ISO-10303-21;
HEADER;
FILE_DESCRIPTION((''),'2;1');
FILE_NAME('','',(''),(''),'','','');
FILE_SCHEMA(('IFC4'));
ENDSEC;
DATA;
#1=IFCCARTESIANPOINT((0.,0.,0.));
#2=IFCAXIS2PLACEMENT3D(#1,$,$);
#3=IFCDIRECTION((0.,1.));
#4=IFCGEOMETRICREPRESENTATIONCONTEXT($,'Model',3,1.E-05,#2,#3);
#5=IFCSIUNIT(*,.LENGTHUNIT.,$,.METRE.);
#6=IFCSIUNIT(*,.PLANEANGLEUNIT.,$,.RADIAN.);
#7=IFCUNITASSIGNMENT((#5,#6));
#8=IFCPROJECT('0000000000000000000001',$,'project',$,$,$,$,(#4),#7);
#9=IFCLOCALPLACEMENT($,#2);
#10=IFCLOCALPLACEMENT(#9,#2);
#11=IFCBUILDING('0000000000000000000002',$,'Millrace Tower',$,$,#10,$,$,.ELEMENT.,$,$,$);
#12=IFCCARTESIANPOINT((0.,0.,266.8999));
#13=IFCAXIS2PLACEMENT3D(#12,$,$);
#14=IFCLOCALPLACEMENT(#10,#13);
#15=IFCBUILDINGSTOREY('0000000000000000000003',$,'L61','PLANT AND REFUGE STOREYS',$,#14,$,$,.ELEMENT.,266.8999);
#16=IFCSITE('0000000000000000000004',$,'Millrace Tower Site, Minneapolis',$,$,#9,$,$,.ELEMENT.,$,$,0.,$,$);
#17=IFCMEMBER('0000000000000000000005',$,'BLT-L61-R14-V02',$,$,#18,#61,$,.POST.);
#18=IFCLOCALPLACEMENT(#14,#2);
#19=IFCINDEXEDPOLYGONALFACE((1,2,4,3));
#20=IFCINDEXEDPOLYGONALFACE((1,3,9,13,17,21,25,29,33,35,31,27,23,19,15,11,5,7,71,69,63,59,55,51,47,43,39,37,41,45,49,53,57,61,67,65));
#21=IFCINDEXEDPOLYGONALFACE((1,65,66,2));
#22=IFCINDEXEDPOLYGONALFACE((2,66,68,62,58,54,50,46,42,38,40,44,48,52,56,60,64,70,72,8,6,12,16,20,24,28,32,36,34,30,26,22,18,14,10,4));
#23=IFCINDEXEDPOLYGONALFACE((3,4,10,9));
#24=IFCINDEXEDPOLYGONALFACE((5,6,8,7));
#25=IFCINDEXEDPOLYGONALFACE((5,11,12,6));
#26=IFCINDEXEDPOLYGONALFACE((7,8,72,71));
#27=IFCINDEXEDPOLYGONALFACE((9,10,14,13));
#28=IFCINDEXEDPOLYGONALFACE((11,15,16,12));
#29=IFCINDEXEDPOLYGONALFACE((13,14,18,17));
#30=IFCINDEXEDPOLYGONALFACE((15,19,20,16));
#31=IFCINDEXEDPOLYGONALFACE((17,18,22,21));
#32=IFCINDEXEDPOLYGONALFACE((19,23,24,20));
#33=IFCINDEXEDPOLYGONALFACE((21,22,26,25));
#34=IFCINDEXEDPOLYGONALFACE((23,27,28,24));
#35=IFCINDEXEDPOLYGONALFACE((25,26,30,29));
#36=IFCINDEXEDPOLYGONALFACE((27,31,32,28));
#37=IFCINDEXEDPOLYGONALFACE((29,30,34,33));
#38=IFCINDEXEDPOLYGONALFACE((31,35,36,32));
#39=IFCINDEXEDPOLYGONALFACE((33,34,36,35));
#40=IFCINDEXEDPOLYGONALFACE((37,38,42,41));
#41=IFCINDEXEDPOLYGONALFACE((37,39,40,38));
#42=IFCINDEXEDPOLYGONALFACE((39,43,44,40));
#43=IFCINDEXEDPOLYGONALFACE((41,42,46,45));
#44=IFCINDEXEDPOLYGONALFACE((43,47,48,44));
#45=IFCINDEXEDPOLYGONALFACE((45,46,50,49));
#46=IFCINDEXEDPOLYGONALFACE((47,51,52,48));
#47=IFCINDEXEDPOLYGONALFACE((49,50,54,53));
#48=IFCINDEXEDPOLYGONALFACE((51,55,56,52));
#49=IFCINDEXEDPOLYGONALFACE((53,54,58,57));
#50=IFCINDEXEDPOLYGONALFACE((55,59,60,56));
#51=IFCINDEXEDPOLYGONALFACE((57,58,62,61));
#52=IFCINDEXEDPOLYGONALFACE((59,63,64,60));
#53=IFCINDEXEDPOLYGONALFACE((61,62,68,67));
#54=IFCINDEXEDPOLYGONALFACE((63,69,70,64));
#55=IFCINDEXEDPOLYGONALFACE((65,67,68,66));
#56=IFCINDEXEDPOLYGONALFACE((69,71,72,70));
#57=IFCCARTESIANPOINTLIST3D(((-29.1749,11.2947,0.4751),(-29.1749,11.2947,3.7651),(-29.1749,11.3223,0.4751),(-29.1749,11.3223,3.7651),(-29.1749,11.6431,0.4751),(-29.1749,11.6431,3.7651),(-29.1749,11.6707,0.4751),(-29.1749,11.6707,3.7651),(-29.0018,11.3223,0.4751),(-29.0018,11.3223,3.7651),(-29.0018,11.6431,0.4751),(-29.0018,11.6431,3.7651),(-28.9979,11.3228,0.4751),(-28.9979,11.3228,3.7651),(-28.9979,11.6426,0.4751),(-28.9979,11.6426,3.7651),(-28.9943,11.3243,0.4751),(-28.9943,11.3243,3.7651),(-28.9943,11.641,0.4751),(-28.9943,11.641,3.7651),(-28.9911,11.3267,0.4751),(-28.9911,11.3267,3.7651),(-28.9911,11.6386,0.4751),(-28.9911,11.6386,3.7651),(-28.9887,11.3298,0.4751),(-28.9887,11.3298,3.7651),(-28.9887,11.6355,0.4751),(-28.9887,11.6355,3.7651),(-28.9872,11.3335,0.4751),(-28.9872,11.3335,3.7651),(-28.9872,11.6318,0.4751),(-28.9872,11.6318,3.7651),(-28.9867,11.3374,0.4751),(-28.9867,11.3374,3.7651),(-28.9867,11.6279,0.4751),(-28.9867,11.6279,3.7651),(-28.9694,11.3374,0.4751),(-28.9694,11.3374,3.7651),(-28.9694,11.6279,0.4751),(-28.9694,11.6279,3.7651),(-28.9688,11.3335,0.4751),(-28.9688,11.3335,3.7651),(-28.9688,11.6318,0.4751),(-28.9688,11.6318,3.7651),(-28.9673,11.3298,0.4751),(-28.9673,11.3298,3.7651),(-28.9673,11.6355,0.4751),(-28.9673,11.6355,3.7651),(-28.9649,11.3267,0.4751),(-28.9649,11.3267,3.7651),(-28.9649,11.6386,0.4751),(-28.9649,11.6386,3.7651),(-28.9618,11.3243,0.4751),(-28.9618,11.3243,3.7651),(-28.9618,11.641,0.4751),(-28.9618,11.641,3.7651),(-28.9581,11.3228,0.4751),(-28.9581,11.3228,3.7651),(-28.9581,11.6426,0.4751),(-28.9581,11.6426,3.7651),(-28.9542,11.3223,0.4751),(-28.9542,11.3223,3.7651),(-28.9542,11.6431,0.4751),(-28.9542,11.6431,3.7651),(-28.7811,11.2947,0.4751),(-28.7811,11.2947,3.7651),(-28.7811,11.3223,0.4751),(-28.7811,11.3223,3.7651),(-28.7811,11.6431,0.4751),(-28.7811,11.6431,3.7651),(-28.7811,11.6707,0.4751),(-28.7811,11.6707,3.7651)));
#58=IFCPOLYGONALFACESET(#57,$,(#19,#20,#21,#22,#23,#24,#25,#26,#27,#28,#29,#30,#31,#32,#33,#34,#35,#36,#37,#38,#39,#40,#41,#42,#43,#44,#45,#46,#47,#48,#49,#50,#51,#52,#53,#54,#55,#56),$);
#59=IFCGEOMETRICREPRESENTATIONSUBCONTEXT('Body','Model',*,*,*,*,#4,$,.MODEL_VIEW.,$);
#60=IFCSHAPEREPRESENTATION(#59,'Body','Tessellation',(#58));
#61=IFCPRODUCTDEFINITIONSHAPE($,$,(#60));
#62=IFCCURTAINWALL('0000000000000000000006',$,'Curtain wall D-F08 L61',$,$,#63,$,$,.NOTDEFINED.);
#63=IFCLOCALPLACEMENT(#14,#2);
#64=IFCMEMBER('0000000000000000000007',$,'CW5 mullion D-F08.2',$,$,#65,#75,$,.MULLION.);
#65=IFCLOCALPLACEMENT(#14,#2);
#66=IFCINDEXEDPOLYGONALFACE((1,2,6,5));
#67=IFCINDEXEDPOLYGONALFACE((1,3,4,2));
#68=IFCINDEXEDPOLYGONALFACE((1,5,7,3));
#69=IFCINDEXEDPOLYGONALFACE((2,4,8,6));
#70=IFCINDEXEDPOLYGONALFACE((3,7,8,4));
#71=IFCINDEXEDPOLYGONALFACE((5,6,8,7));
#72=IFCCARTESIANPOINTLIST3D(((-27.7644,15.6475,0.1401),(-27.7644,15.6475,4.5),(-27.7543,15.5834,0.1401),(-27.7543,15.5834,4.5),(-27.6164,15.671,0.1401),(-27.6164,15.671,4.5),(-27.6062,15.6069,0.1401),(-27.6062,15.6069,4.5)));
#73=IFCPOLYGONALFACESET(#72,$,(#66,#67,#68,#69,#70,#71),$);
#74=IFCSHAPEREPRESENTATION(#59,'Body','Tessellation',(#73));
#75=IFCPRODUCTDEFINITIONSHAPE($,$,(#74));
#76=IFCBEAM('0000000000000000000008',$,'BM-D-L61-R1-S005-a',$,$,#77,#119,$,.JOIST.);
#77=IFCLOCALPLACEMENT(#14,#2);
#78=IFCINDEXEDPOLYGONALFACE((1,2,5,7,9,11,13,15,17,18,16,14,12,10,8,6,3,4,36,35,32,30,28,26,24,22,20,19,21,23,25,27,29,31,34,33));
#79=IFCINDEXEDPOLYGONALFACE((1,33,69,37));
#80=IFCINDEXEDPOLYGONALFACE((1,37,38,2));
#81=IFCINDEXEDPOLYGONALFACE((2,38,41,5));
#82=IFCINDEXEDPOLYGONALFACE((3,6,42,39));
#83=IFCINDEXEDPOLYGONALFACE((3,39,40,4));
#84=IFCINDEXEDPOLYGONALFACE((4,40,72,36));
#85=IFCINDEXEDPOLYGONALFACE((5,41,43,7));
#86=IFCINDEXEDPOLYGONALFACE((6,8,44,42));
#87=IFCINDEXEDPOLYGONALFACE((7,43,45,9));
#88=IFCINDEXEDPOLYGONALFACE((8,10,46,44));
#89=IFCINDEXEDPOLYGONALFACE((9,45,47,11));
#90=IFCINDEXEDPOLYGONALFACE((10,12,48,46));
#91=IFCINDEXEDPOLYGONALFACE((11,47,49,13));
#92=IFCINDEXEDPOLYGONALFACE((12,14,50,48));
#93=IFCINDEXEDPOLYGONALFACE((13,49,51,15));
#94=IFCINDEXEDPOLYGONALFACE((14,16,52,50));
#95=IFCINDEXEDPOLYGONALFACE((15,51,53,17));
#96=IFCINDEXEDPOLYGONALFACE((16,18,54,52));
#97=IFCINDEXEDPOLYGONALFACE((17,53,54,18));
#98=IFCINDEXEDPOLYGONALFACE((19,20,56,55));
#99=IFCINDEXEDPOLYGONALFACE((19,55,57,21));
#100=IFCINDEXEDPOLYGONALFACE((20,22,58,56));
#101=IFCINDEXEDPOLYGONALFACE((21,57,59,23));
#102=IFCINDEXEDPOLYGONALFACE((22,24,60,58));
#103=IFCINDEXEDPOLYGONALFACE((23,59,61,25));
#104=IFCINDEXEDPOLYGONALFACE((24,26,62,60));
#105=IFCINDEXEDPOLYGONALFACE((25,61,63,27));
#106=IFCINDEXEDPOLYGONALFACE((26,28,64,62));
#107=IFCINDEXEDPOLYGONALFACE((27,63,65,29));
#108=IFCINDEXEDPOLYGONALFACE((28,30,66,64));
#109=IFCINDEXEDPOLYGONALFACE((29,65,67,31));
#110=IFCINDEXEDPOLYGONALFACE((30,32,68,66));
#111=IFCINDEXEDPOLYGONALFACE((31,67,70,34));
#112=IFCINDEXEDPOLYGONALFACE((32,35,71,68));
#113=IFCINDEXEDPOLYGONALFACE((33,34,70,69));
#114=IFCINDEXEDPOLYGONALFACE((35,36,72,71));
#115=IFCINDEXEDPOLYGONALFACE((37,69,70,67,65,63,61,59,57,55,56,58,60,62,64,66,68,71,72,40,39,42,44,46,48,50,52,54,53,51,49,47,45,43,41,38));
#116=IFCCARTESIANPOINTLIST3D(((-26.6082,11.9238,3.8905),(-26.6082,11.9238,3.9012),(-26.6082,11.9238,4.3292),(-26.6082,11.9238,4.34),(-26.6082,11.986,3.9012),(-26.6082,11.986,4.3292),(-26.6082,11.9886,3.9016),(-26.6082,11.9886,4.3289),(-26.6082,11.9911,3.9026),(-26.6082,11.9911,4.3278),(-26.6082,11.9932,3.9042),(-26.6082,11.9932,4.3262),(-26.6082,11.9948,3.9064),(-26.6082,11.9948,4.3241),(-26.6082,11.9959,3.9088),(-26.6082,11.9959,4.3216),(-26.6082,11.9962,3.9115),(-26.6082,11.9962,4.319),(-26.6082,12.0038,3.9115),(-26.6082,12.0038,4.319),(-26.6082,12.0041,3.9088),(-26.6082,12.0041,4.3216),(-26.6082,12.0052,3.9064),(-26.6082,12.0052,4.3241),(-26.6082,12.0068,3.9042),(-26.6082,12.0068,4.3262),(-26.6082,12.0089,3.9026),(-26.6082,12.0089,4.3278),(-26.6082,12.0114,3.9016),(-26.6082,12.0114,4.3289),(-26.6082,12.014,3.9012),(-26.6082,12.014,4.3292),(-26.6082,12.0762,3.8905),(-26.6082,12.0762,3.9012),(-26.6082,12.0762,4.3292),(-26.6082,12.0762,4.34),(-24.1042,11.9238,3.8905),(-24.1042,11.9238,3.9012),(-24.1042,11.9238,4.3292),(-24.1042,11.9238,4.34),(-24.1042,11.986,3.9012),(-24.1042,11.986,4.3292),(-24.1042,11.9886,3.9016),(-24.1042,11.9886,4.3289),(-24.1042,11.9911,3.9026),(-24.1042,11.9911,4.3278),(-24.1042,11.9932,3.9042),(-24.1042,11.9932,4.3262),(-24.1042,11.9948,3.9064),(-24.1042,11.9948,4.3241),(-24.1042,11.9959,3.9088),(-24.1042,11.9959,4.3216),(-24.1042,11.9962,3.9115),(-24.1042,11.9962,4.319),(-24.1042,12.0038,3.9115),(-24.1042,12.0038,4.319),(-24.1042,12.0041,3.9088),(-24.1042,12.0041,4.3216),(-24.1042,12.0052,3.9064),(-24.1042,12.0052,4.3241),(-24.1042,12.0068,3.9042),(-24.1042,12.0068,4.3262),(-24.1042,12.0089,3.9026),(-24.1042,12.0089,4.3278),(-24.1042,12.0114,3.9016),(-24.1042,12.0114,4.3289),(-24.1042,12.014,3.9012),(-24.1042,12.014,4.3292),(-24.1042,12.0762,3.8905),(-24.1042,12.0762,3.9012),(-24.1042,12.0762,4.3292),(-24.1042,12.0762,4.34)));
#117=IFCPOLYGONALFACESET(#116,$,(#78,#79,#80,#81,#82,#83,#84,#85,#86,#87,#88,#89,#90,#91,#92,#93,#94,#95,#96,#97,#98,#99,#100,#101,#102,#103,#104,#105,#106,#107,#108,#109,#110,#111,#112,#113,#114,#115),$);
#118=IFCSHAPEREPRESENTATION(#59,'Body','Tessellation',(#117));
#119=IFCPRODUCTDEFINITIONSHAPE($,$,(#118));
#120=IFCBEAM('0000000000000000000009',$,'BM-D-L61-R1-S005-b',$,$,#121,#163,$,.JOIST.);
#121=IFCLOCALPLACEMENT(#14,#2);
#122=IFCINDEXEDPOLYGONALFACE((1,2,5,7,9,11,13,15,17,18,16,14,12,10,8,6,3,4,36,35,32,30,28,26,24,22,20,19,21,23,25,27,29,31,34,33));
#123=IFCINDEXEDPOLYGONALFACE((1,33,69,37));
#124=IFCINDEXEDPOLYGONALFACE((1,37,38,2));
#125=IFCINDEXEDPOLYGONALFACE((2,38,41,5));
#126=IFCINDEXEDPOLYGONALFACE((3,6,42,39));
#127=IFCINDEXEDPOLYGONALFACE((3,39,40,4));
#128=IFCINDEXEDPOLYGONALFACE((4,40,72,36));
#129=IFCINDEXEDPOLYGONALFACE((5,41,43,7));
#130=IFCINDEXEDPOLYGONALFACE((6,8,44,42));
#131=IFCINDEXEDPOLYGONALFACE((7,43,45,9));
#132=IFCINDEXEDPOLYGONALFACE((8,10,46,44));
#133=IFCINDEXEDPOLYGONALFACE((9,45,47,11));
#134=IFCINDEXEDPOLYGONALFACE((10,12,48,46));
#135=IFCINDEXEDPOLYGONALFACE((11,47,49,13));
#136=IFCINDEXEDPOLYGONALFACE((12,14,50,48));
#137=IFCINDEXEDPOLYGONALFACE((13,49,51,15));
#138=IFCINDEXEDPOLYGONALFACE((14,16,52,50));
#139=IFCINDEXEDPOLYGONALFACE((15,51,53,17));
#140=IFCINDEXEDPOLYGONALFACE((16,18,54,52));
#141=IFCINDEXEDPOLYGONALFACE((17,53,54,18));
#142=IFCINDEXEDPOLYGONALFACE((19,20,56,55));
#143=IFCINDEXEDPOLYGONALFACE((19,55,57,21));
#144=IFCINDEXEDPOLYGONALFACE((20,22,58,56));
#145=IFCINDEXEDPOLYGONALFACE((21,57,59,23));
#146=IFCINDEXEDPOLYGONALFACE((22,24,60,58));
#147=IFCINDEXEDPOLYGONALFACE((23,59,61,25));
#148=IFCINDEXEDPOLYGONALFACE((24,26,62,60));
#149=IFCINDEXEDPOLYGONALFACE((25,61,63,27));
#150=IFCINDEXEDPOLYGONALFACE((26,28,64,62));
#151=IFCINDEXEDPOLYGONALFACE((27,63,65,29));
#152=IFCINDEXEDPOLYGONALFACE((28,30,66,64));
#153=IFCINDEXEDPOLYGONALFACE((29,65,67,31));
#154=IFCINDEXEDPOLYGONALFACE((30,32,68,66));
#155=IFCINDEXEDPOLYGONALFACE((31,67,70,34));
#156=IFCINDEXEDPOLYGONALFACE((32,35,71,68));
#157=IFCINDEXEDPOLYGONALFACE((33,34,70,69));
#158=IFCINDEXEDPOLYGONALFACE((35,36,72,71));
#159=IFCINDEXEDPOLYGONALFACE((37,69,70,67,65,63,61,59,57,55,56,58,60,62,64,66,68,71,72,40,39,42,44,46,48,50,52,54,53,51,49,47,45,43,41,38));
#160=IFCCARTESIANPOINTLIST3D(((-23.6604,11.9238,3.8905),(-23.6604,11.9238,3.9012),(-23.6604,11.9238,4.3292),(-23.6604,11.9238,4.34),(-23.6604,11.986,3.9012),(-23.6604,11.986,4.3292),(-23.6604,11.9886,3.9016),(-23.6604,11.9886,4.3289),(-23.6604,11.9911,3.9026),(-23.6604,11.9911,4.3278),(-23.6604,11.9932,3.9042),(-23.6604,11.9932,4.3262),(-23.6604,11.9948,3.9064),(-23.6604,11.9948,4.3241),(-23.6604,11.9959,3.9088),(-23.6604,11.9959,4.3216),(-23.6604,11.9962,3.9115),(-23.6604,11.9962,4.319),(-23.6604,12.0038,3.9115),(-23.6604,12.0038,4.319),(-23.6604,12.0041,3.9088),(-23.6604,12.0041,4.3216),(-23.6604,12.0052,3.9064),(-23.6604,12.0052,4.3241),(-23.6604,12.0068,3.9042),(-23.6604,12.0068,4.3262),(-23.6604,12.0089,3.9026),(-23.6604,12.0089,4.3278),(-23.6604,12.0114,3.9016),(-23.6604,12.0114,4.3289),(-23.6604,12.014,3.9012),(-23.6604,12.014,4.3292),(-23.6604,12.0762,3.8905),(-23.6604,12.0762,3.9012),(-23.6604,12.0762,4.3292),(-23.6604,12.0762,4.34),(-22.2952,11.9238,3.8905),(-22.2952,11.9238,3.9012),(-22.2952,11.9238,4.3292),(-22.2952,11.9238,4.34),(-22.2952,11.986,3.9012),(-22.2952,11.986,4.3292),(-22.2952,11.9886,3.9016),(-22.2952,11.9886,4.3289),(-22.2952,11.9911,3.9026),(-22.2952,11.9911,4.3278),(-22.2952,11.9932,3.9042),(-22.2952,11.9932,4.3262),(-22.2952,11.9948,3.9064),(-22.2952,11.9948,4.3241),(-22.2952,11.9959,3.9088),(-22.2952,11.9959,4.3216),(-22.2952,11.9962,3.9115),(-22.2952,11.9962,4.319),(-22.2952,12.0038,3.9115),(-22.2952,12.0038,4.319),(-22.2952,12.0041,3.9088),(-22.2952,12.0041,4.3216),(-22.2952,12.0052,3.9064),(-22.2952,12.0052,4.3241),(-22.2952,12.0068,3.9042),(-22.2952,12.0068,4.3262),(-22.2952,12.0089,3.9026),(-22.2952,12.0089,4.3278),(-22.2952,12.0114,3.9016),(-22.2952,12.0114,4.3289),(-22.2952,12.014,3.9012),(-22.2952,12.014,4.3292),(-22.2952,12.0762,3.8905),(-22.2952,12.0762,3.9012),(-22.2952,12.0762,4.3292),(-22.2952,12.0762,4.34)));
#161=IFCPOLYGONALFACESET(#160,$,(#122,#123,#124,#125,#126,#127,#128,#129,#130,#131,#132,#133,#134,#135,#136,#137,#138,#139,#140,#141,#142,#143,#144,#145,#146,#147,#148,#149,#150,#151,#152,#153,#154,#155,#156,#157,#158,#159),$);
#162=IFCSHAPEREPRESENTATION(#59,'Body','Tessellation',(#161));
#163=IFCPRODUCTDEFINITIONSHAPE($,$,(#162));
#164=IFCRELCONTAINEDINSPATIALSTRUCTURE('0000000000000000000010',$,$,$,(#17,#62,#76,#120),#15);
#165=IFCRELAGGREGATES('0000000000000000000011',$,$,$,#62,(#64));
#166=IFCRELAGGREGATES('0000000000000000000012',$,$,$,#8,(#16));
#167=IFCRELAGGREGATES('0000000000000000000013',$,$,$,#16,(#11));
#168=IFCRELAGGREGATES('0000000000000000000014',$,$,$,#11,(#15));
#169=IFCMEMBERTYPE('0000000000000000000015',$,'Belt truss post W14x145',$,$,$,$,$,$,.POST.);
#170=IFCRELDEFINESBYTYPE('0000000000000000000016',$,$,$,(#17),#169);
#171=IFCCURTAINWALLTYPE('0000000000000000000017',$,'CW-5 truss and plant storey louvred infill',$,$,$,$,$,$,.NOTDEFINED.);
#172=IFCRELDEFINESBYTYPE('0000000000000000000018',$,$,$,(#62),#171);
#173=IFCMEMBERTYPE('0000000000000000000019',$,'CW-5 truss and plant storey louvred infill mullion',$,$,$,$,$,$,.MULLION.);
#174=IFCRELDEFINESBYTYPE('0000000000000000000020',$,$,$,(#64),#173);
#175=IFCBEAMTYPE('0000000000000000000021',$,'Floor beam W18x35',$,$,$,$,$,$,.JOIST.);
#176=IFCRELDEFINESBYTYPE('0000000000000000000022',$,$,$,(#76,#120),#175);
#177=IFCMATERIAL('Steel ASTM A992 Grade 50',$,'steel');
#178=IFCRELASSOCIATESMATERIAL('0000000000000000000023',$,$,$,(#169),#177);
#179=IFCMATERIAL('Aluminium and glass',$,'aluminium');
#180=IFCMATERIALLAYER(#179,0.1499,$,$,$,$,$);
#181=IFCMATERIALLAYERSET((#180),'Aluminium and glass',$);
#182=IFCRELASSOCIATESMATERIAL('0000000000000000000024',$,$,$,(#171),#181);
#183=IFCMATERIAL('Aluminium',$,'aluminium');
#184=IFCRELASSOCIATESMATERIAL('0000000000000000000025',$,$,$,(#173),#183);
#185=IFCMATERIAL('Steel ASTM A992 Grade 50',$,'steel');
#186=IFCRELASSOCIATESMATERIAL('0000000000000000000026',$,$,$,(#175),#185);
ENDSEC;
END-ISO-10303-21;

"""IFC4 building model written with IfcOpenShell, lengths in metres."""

from ifc_helpers import new_model, si_unit, direction, frame, origin, origin_2d, place, context, subcontext, project, spatial, rectangle, i_section, extrude, material, layer, layer_set, material_profile, profile_set, type_object, element, aggregate, save


model = new_model("IFC4")

# Units and contexts
model_context = context("Model", 3, precision=1e-05, world=origin(), true_north=direction((0.0, 1.0)))
body_context = subcontext(model_context, "Body", "Model", "MODEL_VIEW")
ifc_project = project(units=[si_unit("LENGTHUNIT", "METRE"), si_unit("PLANEANGLEUNIT", "RADIAN")], contexts=[model_context])

# Site, building, storey
site_placement = place(None, origin())
site = spatial("IfcSite", under=ifc_project, at=site_placement, Name="Millrace Tower Site, Minneapolis", CompositionType="ELEMENT", RefElevation=0.0)
building_placement = place(site_placement, origin())
building = spatial("IfcBuilding", under=site, at=building_placement, Name="Millrace Tower", CompositionType="ELEMENT")
storey_placement = place(building_placement, frame((0.0, 0.0, 266.8999)))
storey = spatial("IfcBuildingStorey", under=building, at=storey_placement, Name="L61", Description="PLANT AND REFUGE STOREYS", CompositionType="ELEMENT", Elevation=266.8999)

# Member
ifc_material_1 = material(Name="Steel ASTM A992 Grade 50", Category="steel")
ifc_material_profile_1 = material_profile(ifc_material_1, i_section(OverallWidth=0.3938, OverallDepth=0.376, WebThickness=0.0173, FlangeThickness=0.0276, FilletRadius=0.0151, at=origin_2d()))
ifc_profile_set_1 = profile_set([ifc_material_profile_1], Name="Steel ASTM A992 Grade 50")
member_type_1 = type_object("IfcMemberType", Name="Belt truss post W14x145", PredefinedType="POST", material=ifc_profile_set_1)
for number, where, z_axis, x_axis, name in (
    (1, (-28.978, 11.4827, 0.4751), (0.0, 0.0, 1.0), (1.0, 0.0, 0.0), "BLT-L61-R14-V02"),
):
    element("IfcMember", number, at=place(storey_placement, frame(where, z_axis=z_axis, x_axis=x_axis)), inside=storey, type_object=member_type_1, Name=name, PredefinedType="POST", context=body_context, shape_type="SweptSolid", body=[
        extrude(i_section(OverallWidth=0.3938, OverallDepth=0.376, WebThickness=0.0173, FlangeThickness=0.0276, FilletRadius=0.0151, at=origin_2d()), origin(), (0.0, 0.0, 1.0), 3.29),
    ])

# Curtain wall, member
ifc_material_2 = material(Name="Aluminium and glass", Category="aluminium")
ifc_layer_1 = layer(ifc_material_2, 0.1499)
ifc_layer_set_1 = layer_set([ifc_layer_1], Name="Aluminium and glass")
curtain_wall_type = type_object("IfcCurtainWallType", Name="CW-5 truss and plant storey louvred infill", PredefinedType="NOTDEFINED", material=ifc_layer_set_1)
curtain_wall_placement = place(storey_placement, origin())
curtain_wall = element("IfcCurtainWall", 2, at=curtain_wall_placement, inside=storey, type_object=curtain_wall_type, Name="Curtain wall D-F08 L61", PredefinedType="NOTDEFINED")
ifc_material_3 = material(Name="Aluminium", Category="aluminium")
ifc_material_profile_2 = material_profile(ifc_material_3, rectangle(XDim=0.0649, YDim=0.1499, at=origin_2d()))
ifc_profile_set_2 = profile_set([ifc_material_profile_2], Name="Aluminium")
member_type_2 = type_object("IfcMemberType", Name="CW-5 truss and plant storey louvred infill mullion", PredefinedType="MULLION", material=ifc_profile_set_2)
member_1_placement = place(storey_placement, frame((-27.6853, 15.6272, 0.1401), z_axis=(0.0, 0.0, 1.0), x_axis=(0.156434, -0.987688, 0.0)))
member_1 = element("IfcMember", 3, at=member_1_placement, type_object=member_type_2, Name="CW5 mullion D-F08.2", PredefinedType="MULLION", context=body_context, shape_type="SweptSolid", body=[
    extrude(rectangle(XDim=0.0649, YDim=0.1499, at=origin_2d()), origin(), (0.0, 0.0, 1.0), 4.3599),
])
aggregate(curtain_wall, [member_1])

# Beams
ifc_material_4 = material(Name="Steel ASTM A992 Grade 50", Category="steel")
ifc_material_profile_3 = material_profile(ifc_material_4, i_section(OverallWidth=0.1523, OverallDepth=0.4495, WebThickness=0.0076, FlangeThickness=0.0107, FilletRadius=0.0103, at=origin_2d()))
ifc_profile_set_3 = profile_set([ifc_material_profile_3], Name="Steel ASTM A992 Grade 50")
beam_type_1 = type_object("IfcBeamType", Name="Floor beam W18x35", PredefinedType="JOIST", material=ifc_profile_set_3)
beam_1_placement = place(storey_placement, frame((-26.6082, 12.0, 4.1152), z_axis=(1.0, 0.0, 0.0), x_axis=(0.0, 1.0, 0.0)))
element("IfcBeam", 4, at=beam_1_placement, inside=storey, type_object=beam_type_1, Name="BM-D-L61-R1-S005-a", PredefinedType="JOIST", context=body_context, shape_type="SweptSolid", body=[
    extrude(i_section(OverallWidth=0.1523, OverallDepth=0.4495, WebThickness=0.0076, FlangeThickness=0.0107, FilletRadius=0.0103, at=origin_2d()), origin(), (0.0, 0.0, 1.0), 2.5039),
])
beam_2_placement = place(storey_placement, frame((-23.6604, 12.0, 4.1152), z_axis=(1.0, 0.0, 0.0), x_axis=(0.0, 1.0, 0.0)))
element("IfcBeam", 5, at=beam_2_placement, inside=storey, type_object=beam_type_1, Name="BM-D-L61-R1-S005-b", PredefinedType="JOIST", context=body_context, shape_type="SweptSolid", body=[
    extrude(i_section(OverallWidth=0.1523, OverallDepth=0.4495, WebThickness=0.0076, FlangeThickness=0.0107, FilletRadius=0.0103, at=origin_2d()), origin(), (0.0, 0.0, 1.0), 1.3652),
])

save(model, "model.ifc")
